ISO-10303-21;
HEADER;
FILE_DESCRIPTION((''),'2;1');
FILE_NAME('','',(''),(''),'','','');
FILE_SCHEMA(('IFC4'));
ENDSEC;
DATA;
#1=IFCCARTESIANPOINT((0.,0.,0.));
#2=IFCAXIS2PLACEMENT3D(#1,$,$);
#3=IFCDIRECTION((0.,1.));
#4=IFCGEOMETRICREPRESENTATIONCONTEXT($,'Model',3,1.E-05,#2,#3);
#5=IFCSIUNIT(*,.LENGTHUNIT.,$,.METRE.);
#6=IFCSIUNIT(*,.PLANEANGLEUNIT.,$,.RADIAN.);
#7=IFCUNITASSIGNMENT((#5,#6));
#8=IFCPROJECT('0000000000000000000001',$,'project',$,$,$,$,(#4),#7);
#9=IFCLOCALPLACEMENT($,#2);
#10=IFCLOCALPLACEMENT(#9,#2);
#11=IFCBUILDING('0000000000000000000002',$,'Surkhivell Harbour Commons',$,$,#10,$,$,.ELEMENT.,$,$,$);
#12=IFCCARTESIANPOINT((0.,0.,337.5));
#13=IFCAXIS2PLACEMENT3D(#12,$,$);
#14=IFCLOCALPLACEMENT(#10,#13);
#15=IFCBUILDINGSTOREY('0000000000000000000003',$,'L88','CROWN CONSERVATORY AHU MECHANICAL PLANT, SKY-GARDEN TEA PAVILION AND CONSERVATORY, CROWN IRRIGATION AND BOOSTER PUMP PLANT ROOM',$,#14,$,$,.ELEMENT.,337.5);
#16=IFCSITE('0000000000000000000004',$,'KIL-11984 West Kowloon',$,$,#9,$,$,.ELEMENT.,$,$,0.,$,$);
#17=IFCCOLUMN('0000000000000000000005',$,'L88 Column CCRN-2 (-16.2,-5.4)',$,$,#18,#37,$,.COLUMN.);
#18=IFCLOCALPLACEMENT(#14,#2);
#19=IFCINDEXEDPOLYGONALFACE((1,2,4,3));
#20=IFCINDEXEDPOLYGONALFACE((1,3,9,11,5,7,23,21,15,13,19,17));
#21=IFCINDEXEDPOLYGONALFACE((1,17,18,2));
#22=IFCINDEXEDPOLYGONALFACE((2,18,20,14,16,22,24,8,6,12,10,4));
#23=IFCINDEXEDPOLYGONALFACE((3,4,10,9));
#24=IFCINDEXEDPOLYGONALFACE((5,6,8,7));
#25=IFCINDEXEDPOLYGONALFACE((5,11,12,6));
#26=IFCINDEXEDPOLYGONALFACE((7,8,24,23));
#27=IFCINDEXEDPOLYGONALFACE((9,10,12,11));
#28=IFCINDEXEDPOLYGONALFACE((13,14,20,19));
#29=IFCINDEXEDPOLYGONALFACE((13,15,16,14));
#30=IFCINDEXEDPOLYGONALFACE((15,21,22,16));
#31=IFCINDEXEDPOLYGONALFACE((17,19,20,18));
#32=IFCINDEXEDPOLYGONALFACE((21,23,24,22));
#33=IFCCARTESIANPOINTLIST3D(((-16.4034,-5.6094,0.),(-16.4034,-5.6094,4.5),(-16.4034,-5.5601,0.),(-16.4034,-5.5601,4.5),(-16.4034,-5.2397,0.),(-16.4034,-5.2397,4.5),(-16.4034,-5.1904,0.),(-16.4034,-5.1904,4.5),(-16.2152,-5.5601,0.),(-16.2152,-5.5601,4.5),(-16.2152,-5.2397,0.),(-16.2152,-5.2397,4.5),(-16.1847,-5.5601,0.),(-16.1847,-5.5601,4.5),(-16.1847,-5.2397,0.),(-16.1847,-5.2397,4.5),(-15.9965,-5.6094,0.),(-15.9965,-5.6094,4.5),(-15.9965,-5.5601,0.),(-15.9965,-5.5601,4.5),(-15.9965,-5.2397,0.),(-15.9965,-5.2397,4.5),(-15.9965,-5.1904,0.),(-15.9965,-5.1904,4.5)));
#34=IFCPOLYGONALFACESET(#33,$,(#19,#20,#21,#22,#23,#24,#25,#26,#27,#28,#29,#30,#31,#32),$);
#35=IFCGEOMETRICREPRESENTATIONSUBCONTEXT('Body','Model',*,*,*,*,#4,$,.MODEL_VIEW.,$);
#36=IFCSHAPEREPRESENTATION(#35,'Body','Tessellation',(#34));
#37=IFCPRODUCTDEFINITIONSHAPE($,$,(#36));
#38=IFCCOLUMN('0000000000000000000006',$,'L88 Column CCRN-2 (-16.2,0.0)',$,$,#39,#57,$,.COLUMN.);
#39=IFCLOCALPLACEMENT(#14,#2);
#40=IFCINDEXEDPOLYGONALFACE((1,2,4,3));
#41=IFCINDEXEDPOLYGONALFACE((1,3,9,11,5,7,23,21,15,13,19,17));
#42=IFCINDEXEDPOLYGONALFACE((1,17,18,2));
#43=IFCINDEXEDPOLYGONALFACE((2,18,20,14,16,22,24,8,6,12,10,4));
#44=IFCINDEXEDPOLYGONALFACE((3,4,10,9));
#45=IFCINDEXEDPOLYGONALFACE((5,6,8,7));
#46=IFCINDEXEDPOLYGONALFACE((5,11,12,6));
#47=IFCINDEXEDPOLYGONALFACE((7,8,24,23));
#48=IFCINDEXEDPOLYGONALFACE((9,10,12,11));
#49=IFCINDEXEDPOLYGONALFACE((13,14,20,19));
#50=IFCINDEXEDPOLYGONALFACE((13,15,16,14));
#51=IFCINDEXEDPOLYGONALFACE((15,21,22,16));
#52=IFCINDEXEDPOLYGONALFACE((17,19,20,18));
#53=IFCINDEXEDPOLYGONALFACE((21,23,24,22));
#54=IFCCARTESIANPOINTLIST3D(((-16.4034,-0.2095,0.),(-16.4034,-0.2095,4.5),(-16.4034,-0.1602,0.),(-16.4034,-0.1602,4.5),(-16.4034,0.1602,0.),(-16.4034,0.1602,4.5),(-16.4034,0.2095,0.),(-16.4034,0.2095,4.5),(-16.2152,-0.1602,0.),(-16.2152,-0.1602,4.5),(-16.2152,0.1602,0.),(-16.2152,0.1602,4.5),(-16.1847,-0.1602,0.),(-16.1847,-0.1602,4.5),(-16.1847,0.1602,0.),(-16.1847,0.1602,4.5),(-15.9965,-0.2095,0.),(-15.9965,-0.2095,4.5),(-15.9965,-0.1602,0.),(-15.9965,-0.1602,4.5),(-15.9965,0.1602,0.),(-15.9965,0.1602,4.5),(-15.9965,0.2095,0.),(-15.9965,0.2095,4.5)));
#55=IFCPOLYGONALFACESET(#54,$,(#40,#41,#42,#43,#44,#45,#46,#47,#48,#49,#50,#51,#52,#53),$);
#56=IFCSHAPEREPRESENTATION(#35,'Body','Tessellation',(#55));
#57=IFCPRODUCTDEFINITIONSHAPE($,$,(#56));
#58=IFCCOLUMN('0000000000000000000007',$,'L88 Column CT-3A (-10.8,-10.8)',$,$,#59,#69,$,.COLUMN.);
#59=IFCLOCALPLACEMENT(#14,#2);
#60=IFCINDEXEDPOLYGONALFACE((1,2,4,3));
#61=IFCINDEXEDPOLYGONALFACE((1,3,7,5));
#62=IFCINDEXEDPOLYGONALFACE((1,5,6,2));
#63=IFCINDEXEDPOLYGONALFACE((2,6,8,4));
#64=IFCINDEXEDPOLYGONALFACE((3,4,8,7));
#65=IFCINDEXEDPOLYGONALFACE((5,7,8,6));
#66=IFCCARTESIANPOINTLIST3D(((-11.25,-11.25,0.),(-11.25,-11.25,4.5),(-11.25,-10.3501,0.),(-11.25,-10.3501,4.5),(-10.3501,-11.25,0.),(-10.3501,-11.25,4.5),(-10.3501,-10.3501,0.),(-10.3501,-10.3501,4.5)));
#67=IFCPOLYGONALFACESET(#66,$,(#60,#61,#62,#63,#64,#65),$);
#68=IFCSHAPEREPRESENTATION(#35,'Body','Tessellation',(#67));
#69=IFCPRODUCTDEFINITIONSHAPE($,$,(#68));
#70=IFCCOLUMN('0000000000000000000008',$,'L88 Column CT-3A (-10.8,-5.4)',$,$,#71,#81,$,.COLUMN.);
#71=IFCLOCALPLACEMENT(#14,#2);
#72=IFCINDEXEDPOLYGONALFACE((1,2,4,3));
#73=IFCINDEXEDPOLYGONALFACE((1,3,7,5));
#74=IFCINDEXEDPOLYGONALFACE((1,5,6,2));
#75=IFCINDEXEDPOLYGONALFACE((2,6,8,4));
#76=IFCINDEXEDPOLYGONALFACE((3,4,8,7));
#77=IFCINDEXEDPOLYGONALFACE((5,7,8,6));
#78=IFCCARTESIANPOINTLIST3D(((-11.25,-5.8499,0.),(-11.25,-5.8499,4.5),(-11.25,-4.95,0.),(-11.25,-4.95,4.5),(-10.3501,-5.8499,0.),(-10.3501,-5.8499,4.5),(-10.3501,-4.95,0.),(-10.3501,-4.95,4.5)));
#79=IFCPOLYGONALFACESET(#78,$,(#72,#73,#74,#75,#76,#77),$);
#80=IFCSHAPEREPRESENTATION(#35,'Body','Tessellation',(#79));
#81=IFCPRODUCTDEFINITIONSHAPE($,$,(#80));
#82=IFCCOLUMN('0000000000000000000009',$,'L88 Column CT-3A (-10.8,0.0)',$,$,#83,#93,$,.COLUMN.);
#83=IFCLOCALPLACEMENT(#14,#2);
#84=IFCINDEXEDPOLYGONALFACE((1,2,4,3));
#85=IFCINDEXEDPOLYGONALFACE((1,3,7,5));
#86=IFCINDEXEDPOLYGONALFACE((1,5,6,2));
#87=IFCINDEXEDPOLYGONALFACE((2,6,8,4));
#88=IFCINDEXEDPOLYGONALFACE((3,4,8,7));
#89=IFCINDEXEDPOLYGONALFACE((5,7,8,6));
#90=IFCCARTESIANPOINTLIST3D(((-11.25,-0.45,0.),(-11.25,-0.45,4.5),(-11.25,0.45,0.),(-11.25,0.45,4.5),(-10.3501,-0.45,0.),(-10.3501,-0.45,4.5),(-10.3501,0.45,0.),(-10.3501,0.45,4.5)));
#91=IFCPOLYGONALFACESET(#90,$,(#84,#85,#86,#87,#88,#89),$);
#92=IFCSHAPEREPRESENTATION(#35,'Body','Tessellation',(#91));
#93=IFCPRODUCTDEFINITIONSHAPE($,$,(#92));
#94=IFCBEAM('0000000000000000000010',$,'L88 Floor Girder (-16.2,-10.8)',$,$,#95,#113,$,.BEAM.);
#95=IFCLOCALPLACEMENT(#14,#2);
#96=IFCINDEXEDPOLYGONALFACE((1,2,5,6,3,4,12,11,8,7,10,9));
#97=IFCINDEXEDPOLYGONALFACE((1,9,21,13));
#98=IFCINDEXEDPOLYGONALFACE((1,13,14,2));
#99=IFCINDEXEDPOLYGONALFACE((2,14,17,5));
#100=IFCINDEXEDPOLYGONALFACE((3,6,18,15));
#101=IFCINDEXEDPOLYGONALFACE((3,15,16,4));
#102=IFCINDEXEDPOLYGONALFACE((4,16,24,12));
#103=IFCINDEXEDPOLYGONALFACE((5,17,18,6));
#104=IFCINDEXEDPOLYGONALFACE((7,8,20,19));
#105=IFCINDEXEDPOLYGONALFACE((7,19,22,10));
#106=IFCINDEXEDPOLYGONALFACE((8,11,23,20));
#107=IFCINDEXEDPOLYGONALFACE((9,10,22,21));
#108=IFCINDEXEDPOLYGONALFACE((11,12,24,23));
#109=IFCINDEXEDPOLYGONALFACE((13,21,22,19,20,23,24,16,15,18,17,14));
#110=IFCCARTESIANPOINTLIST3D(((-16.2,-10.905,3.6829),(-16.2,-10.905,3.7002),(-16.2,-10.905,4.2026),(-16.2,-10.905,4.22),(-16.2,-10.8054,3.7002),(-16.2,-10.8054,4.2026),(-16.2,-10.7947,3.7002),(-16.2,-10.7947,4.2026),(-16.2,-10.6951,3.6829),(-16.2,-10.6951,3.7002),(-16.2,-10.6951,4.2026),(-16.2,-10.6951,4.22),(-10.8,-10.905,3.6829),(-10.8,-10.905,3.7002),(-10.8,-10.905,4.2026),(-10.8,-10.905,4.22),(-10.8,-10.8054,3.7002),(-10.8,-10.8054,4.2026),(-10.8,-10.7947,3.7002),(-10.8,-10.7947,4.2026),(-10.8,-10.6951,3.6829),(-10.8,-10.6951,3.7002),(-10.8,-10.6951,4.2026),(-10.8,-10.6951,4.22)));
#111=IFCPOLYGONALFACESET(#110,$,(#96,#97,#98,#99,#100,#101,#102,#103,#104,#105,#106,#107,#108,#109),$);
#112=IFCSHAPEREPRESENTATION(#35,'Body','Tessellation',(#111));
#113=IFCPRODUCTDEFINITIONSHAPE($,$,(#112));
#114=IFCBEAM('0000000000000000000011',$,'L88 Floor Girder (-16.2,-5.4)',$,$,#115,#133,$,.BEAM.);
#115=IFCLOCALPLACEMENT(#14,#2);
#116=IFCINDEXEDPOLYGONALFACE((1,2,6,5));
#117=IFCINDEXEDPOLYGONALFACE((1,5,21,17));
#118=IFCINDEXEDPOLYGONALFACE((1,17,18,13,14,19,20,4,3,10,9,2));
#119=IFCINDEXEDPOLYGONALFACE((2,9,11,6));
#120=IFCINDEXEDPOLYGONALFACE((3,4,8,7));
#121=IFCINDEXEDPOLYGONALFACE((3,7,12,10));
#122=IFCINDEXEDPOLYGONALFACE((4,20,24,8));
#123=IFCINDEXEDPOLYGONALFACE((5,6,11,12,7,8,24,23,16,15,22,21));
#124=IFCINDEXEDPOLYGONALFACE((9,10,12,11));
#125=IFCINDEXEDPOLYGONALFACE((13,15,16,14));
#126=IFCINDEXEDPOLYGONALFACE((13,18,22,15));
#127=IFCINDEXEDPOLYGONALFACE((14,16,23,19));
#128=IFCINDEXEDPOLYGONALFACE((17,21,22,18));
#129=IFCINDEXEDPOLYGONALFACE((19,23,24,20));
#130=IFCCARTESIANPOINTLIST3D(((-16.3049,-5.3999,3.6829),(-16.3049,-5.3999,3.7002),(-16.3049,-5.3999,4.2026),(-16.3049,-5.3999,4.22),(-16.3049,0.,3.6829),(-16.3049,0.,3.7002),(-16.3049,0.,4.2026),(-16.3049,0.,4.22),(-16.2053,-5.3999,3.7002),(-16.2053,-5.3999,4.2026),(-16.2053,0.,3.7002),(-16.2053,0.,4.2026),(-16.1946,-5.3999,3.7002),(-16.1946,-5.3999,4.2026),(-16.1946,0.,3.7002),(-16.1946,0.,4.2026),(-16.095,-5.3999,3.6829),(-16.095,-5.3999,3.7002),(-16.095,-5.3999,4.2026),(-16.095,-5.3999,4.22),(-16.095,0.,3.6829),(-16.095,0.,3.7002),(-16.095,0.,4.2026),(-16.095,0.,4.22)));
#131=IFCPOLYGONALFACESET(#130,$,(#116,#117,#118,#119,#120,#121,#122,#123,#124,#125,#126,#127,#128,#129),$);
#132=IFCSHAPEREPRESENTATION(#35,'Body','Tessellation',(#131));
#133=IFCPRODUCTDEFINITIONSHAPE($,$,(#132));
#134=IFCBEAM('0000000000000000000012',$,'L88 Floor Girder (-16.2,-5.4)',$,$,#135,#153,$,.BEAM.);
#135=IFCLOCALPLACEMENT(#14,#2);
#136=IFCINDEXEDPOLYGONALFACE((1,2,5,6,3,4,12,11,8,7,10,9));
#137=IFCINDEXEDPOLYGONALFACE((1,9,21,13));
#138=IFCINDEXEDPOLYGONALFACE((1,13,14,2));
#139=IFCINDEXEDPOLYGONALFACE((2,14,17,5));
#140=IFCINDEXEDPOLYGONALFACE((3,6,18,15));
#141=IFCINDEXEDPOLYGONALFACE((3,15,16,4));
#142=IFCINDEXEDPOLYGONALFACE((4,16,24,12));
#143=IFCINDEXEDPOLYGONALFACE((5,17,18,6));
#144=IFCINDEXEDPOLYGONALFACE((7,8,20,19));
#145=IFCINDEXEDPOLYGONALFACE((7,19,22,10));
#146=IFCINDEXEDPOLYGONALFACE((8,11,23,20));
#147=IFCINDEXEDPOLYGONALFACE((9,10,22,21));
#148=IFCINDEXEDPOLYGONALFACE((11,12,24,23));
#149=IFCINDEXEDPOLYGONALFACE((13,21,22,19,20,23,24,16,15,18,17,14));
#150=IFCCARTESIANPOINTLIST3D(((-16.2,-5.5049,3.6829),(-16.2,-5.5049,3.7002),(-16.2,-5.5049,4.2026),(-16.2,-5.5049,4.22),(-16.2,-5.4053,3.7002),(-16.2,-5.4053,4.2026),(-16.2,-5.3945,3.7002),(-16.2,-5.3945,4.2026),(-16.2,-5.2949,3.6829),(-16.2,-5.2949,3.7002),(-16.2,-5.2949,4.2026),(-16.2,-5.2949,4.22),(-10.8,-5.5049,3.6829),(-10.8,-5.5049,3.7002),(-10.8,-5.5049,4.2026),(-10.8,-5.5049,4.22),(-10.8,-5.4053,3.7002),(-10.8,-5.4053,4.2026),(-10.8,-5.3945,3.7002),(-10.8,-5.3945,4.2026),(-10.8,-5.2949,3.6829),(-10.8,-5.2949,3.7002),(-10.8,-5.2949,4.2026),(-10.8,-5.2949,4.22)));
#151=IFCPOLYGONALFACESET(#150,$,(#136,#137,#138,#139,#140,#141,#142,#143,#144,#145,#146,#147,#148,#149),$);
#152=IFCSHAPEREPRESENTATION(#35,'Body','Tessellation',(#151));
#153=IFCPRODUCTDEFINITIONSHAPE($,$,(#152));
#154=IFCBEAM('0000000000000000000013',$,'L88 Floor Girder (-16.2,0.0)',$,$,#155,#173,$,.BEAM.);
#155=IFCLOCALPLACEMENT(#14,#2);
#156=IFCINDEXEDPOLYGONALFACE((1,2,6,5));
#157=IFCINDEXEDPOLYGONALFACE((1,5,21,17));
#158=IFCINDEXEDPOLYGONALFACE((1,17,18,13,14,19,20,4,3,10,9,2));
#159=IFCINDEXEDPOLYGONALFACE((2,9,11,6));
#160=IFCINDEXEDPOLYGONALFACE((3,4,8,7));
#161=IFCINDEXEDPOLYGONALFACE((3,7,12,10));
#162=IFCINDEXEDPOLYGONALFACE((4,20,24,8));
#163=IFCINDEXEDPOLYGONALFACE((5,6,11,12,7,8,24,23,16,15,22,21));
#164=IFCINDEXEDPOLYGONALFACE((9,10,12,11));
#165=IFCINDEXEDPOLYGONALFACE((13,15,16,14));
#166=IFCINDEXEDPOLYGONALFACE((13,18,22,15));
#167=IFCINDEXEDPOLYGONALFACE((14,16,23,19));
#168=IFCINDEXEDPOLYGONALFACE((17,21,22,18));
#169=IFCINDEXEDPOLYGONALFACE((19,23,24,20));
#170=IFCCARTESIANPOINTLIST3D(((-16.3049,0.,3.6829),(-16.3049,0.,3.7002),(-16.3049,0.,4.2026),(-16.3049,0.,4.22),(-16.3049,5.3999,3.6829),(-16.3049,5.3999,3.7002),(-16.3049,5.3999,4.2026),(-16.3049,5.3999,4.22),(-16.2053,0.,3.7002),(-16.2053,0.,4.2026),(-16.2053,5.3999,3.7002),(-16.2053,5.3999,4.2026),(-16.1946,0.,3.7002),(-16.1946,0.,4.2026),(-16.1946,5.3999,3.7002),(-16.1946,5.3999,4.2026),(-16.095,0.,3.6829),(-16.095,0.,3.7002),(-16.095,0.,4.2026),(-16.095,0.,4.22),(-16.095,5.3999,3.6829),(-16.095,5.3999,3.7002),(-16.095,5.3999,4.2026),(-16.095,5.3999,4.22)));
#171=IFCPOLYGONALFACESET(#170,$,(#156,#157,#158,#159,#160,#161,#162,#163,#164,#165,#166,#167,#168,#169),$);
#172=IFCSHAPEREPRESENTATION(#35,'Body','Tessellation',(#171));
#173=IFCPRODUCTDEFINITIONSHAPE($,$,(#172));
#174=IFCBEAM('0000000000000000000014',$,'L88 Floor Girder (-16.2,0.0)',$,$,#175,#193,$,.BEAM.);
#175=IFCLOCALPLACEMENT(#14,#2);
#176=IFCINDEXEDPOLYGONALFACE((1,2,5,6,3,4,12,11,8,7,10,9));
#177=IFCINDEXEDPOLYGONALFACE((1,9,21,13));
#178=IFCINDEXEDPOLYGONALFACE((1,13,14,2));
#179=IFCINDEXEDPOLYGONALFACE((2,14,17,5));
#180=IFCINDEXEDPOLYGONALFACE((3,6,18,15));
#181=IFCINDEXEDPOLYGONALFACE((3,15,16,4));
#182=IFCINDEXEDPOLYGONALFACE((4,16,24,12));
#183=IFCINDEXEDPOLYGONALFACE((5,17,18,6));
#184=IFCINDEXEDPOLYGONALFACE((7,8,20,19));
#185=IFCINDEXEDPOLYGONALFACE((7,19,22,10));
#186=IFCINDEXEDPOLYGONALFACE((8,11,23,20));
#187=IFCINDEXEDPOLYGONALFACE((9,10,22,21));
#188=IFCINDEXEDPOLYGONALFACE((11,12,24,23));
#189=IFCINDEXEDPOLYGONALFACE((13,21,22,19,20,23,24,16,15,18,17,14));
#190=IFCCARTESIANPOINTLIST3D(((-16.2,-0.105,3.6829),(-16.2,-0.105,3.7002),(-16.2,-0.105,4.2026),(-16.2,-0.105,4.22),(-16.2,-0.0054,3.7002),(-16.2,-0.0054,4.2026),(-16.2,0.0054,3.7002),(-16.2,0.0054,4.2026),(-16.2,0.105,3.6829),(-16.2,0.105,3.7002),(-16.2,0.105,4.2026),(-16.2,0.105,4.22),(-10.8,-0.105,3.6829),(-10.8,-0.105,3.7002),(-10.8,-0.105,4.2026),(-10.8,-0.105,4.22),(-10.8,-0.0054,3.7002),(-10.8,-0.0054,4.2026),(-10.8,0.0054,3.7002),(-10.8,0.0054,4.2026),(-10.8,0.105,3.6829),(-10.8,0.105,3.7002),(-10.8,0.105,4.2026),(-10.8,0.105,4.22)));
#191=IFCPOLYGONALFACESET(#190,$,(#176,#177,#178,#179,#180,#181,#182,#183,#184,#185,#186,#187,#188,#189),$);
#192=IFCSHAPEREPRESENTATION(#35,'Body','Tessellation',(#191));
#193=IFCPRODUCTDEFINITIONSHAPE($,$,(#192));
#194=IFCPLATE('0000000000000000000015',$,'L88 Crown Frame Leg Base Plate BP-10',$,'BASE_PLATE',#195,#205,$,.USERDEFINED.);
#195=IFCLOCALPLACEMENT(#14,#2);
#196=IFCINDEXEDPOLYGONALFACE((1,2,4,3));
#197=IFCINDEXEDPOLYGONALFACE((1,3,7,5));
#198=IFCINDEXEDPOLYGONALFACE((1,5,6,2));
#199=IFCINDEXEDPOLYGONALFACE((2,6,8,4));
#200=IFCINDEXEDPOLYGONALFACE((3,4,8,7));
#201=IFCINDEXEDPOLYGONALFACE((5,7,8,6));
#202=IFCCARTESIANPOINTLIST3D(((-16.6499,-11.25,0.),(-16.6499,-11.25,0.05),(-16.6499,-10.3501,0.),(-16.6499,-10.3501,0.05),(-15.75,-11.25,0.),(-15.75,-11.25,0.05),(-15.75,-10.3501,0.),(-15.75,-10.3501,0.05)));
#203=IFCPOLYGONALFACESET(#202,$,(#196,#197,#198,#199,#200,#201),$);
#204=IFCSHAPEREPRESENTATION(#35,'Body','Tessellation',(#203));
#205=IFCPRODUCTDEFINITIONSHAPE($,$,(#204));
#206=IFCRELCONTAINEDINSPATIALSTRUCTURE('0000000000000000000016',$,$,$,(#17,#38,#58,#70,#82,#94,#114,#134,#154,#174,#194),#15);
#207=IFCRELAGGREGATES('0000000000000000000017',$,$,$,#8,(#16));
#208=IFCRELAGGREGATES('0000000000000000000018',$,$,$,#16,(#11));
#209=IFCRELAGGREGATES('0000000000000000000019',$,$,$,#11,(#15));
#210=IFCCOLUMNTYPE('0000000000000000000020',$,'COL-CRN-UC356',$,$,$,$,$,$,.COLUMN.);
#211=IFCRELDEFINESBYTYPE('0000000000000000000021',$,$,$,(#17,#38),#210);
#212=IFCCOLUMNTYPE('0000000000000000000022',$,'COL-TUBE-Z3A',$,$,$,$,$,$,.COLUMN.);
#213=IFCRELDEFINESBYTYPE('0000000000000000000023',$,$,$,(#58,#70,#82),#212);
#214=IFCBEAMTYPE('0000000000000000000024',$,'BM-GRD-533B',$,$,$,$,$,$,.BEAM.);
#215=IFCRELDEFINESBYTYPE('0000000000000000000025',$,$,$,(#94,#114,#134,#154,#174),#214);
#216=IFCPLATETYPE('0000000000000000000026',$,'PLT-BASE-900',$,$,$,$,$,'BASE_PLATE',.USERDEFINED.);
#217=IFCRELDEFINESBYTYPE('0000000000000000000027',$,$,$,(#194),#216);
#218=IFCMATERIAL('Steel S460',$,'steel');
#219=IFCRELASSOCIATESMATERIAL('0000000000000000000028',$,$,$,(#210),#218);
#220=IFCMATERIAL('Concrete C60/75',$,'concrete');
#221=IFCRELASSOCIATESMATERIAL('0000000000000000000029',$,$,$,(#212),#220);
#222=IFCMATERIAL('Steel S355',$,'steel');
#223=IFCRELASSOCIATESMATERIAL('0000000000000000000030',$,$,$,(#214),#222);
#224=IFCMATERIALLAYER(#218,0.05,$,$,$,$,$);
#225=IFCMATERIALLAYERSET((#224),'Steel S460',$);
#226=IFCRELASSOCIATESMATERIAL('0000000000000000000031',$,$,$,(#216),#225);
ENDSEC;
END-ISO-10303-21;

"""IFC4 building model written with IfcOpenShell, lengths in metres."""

from ifc_helpers import new_model, si_unit, direction, frame, origin, origin_2d, place, context, subcontext, project, spatial, rectangle, i_section, extrude, material, layer, layer_set, material_profile, profile_set, type_object, element, save


model = new_model("IFC4")

# Units and contexts
model_context = context("Model", 3, precision=1e-05, world=origin(), true_north=direction((0.0, 1.0)))
body_context = subcontext(model_context, "Body", "Model", "MODEL_VIEW")
ifc_project = project(units=[si_unit("LENGTHUNIT", "METRE"), si_unit("PLANEANGLEUNIT", "RADIAN")], contexts=[model_context])

# Site, building, storey
site_placement = place(None, origin())
site = spatial("IfcSite", under=ifc_project, at=site_placement, Name="KIL-11984 West Kowloon", CompositionType="ELEMENT", RefElevation=0.0)
building_placement = place(site_placement, origin())
building = spatial("IfcBuilding", under=site, at=building_placement, Name="Surkhivell Harbour Commons", CompositionType="ELEMENT")
storey_placement = place(building_placement, frame((0.0, 0.0, 337.5)))
storey = spatial("IfcBuildingStorey", under=building, at=storey_placement, Name="L88", Description="CROWN CONSERVATORY AHU MECHANICAL PLANT, SKY-GARDEN TEA PAVILION AND CONSERVATORY, CROWN IRRIGATION AND BOOSTER PUMP PLANT ROOM", CompositionType="ELEMENT", Elevation=337.5)

# Columns
ifc_material_1 = material(Name="Steel S460", Category="steel")
ifc_material_profile_1 = material_profile(ifc_material_1, i_section(OverallWidth=0.407, OverallDepth=0.4189, WebThickness=0.0305, FlangeThickness=0.0493, at=origin_2d()), Name="UC356x406x393")
ifc_profile_set_1 = profile_set([ifc_material_profile_1], Name="Steel S460")
column_type_1 = type_object("IfcColumnType", Name="COL-CRN-UC356", PredefinedType="COLUMN", material=ifc_profile_set_1)
for number, where, z_axis, x_axis, name in (
    (1, (-16.2, -5.3999, 0.0), (0.0, 0.0, 1.0), (1.0, 0.0, 0.0), "L88 Column CCRN-2 (-16.2,-5.4)"),
    (2, (-16.2, 0.0, 0.0), (0.0, 0.0, 1.0), (1.0, 0.0, 0.0), "L88 Column CCRN-2 (-16.2,0.0)"),
):
    element("IfcColumn", number, at=place(storey_placement, frame(where, z_axis=z_axis, x_axis=x_axis)), inside=storey, type_object=column_type_1, Name=name, PredefinedType="COLUMN", context=body_context, shape_type="SweptSolid", body=[
        extrude(i_section(OverallWidth=0.407, OverallDepth=0.4189, WebThickness=0.0305, FlangeThickness=0.0493, at=origin_2d()), origin(), (0.0, 0.0, 1.0), 4.5),
    ])
ifc_material_2 = material(Name="Concrete C60/75", Category="concrete")
ifc_material_profile_2 = material_profile(ifc_material_2, rectangle(XDim=0.8999, YDim=0.8999, at=origin_2d()), Name="RC-COL-900x900")
ifc_profile_set_2 = profile_set([ifc_material_profile_2], Name="Concrete C60/75")
column_type_2 = type_object("IfcColumnType", Name="COL-TUBE-Z3A", PredefinedType="COLUMN", material=ifc_profile_set_2)
for number, where, z_axis, x_axis, name in (
    (3, (-10.8, -10.8, 0.0), (0.0, 0.0, 1.0), (1.0, 0.0, 0.0), "L88 Column CT-3A (-10.8,-10.8)"),
    (4, (-10.8, -5.3999, 0.0), (0.0, 0.0, 1.0), (1.0, 0.0, 0.0), "L88 Column CT-3A (-10.8,-5.4)"),
    (5, (-10.8, 0.0, 0.0), (0.0, 0.0, 1.0), (1.0, 0.0, 0.0), "L88 Column CT-3A (-10.8,0.0)"),
):
    element("IfcColumn", number, at=place(storey_placement, frame(where, z_axis=z_axis, x_axis=x_axis)), inside=storey, type_object=column_type_2, Name=name, PredefinedType="COLUMN", context=body_context, shape_type="SweptSolid", body=[
        extrude(rectangle(XDim=0.8999, YDim=0.8999, at=origin_2d()), origin(), (0.0, 0.0, 1.0), 4.5),
    ])

# Beams
ifc_material_3 = material(Name="Steel S355", Category="steel")
ifc_material_profile_3 = material_profile(ifc_material_3, i_section(OverallWidth=0.21, OverallDepth=0.5371, WebThickness=0.0107, FlangeThickness=0.0173, at=origin_2d()), Name="UB533x210x101")
ifc_profile_set_3 = profile_set([ifc_material_profile_3], Name="Steel S355")
beam_type = type_object("IfcBeamType", Name="BM-GRD-533B", PredefinedType="BEAM", material=ifc_profile_set_3)
for number, where, z_axis, x_axis, name in (
    (6, (-16.2, -10.8, 3.9514), (1.0, 0.0, 0.0), (0.0, 1.0, 0.0), "L88 Floor Girder (-16.2,-10.8)"),
    (7, (-16.2, -5.3999, 3.9514), (0.0, 1.0, 0.0), (-1.0, 0.0, 0.0), "L88 Floor Girder (-16.2,-5.4)"),
    (8, (-16.2, -5.3999, 3.9514), (1.0, 0.0, 0.0), (0.0, 1.0, 0.0), "L88 Floor Girder (-16.2,-5.4)"),
    (9, (-16.2, 0.0, 3.9514), (0.0, 1.0, 0.0), (-1.0, 0.0, 0.0), "L88 Floor Girder (-16.2,0.0)"),
    (10, (-16.2, 0.0, 3.9514), (1.0, 0.0, 0.0), (0.0, 1.0, 0.0), "L88 Floor Girder (-16.2,0.0)"),
):
    element("IfcBeam", number, at=place(storey_placement, frame(where, z_axis=z_axis, x_axis=x_axis)), inside=storey, type_object=beam_type, Name=name, PredefinedType="BEAM", context=body_context, shape_type="SweptSolid", body=[
        extrude(i_section(OverallWidth=0.21, OverallDepth=0.5371, WebThickness=0.0107, FlangeThickness=0.0173, at=origin_2d()), origin(), (0.0, 0.0, 1.0), 5.3999),
    ])

# Plate
ifc_layer_1 = layer(ifc_material_1, 0.05)
ifc_layer_set_1 = layer_set([ifc_layer_1], Name="Steel S460")
plate_type = type_object("IfcPlateType", Name="PLT-BASE-900", ElementType="BASE_PLATE", PredefinedType="USERDEFINED", material=ifc_layer_set_1)
for number, where, z_axis, x_axis, name in (
    (11, (-16.2, -10.8, 0.0), (0.0, 0.0, 1.0), (1.0, 0.0, 0.0), "L88 Crown Frame Leg Base Plate BP-10"),
):
    element("IfcPlate", number, at=place(storey_placement, frame(where, z_axis=z_axis, x_axis=x_axis)), inside=storey, type_object=plate_type, Name=name, ObjectType="BASE_PLATE", PredefinedType="USERDEFINED", context=body_context, shape_type="SweptSolid", body=[
        extrude(rectangle(XDim=0.8999, YDim=0.8999, at=origin_2d()), origin(), (0.0, 0.0, 1.0), 0.05),
    ])

save(model, "model.ifc")
